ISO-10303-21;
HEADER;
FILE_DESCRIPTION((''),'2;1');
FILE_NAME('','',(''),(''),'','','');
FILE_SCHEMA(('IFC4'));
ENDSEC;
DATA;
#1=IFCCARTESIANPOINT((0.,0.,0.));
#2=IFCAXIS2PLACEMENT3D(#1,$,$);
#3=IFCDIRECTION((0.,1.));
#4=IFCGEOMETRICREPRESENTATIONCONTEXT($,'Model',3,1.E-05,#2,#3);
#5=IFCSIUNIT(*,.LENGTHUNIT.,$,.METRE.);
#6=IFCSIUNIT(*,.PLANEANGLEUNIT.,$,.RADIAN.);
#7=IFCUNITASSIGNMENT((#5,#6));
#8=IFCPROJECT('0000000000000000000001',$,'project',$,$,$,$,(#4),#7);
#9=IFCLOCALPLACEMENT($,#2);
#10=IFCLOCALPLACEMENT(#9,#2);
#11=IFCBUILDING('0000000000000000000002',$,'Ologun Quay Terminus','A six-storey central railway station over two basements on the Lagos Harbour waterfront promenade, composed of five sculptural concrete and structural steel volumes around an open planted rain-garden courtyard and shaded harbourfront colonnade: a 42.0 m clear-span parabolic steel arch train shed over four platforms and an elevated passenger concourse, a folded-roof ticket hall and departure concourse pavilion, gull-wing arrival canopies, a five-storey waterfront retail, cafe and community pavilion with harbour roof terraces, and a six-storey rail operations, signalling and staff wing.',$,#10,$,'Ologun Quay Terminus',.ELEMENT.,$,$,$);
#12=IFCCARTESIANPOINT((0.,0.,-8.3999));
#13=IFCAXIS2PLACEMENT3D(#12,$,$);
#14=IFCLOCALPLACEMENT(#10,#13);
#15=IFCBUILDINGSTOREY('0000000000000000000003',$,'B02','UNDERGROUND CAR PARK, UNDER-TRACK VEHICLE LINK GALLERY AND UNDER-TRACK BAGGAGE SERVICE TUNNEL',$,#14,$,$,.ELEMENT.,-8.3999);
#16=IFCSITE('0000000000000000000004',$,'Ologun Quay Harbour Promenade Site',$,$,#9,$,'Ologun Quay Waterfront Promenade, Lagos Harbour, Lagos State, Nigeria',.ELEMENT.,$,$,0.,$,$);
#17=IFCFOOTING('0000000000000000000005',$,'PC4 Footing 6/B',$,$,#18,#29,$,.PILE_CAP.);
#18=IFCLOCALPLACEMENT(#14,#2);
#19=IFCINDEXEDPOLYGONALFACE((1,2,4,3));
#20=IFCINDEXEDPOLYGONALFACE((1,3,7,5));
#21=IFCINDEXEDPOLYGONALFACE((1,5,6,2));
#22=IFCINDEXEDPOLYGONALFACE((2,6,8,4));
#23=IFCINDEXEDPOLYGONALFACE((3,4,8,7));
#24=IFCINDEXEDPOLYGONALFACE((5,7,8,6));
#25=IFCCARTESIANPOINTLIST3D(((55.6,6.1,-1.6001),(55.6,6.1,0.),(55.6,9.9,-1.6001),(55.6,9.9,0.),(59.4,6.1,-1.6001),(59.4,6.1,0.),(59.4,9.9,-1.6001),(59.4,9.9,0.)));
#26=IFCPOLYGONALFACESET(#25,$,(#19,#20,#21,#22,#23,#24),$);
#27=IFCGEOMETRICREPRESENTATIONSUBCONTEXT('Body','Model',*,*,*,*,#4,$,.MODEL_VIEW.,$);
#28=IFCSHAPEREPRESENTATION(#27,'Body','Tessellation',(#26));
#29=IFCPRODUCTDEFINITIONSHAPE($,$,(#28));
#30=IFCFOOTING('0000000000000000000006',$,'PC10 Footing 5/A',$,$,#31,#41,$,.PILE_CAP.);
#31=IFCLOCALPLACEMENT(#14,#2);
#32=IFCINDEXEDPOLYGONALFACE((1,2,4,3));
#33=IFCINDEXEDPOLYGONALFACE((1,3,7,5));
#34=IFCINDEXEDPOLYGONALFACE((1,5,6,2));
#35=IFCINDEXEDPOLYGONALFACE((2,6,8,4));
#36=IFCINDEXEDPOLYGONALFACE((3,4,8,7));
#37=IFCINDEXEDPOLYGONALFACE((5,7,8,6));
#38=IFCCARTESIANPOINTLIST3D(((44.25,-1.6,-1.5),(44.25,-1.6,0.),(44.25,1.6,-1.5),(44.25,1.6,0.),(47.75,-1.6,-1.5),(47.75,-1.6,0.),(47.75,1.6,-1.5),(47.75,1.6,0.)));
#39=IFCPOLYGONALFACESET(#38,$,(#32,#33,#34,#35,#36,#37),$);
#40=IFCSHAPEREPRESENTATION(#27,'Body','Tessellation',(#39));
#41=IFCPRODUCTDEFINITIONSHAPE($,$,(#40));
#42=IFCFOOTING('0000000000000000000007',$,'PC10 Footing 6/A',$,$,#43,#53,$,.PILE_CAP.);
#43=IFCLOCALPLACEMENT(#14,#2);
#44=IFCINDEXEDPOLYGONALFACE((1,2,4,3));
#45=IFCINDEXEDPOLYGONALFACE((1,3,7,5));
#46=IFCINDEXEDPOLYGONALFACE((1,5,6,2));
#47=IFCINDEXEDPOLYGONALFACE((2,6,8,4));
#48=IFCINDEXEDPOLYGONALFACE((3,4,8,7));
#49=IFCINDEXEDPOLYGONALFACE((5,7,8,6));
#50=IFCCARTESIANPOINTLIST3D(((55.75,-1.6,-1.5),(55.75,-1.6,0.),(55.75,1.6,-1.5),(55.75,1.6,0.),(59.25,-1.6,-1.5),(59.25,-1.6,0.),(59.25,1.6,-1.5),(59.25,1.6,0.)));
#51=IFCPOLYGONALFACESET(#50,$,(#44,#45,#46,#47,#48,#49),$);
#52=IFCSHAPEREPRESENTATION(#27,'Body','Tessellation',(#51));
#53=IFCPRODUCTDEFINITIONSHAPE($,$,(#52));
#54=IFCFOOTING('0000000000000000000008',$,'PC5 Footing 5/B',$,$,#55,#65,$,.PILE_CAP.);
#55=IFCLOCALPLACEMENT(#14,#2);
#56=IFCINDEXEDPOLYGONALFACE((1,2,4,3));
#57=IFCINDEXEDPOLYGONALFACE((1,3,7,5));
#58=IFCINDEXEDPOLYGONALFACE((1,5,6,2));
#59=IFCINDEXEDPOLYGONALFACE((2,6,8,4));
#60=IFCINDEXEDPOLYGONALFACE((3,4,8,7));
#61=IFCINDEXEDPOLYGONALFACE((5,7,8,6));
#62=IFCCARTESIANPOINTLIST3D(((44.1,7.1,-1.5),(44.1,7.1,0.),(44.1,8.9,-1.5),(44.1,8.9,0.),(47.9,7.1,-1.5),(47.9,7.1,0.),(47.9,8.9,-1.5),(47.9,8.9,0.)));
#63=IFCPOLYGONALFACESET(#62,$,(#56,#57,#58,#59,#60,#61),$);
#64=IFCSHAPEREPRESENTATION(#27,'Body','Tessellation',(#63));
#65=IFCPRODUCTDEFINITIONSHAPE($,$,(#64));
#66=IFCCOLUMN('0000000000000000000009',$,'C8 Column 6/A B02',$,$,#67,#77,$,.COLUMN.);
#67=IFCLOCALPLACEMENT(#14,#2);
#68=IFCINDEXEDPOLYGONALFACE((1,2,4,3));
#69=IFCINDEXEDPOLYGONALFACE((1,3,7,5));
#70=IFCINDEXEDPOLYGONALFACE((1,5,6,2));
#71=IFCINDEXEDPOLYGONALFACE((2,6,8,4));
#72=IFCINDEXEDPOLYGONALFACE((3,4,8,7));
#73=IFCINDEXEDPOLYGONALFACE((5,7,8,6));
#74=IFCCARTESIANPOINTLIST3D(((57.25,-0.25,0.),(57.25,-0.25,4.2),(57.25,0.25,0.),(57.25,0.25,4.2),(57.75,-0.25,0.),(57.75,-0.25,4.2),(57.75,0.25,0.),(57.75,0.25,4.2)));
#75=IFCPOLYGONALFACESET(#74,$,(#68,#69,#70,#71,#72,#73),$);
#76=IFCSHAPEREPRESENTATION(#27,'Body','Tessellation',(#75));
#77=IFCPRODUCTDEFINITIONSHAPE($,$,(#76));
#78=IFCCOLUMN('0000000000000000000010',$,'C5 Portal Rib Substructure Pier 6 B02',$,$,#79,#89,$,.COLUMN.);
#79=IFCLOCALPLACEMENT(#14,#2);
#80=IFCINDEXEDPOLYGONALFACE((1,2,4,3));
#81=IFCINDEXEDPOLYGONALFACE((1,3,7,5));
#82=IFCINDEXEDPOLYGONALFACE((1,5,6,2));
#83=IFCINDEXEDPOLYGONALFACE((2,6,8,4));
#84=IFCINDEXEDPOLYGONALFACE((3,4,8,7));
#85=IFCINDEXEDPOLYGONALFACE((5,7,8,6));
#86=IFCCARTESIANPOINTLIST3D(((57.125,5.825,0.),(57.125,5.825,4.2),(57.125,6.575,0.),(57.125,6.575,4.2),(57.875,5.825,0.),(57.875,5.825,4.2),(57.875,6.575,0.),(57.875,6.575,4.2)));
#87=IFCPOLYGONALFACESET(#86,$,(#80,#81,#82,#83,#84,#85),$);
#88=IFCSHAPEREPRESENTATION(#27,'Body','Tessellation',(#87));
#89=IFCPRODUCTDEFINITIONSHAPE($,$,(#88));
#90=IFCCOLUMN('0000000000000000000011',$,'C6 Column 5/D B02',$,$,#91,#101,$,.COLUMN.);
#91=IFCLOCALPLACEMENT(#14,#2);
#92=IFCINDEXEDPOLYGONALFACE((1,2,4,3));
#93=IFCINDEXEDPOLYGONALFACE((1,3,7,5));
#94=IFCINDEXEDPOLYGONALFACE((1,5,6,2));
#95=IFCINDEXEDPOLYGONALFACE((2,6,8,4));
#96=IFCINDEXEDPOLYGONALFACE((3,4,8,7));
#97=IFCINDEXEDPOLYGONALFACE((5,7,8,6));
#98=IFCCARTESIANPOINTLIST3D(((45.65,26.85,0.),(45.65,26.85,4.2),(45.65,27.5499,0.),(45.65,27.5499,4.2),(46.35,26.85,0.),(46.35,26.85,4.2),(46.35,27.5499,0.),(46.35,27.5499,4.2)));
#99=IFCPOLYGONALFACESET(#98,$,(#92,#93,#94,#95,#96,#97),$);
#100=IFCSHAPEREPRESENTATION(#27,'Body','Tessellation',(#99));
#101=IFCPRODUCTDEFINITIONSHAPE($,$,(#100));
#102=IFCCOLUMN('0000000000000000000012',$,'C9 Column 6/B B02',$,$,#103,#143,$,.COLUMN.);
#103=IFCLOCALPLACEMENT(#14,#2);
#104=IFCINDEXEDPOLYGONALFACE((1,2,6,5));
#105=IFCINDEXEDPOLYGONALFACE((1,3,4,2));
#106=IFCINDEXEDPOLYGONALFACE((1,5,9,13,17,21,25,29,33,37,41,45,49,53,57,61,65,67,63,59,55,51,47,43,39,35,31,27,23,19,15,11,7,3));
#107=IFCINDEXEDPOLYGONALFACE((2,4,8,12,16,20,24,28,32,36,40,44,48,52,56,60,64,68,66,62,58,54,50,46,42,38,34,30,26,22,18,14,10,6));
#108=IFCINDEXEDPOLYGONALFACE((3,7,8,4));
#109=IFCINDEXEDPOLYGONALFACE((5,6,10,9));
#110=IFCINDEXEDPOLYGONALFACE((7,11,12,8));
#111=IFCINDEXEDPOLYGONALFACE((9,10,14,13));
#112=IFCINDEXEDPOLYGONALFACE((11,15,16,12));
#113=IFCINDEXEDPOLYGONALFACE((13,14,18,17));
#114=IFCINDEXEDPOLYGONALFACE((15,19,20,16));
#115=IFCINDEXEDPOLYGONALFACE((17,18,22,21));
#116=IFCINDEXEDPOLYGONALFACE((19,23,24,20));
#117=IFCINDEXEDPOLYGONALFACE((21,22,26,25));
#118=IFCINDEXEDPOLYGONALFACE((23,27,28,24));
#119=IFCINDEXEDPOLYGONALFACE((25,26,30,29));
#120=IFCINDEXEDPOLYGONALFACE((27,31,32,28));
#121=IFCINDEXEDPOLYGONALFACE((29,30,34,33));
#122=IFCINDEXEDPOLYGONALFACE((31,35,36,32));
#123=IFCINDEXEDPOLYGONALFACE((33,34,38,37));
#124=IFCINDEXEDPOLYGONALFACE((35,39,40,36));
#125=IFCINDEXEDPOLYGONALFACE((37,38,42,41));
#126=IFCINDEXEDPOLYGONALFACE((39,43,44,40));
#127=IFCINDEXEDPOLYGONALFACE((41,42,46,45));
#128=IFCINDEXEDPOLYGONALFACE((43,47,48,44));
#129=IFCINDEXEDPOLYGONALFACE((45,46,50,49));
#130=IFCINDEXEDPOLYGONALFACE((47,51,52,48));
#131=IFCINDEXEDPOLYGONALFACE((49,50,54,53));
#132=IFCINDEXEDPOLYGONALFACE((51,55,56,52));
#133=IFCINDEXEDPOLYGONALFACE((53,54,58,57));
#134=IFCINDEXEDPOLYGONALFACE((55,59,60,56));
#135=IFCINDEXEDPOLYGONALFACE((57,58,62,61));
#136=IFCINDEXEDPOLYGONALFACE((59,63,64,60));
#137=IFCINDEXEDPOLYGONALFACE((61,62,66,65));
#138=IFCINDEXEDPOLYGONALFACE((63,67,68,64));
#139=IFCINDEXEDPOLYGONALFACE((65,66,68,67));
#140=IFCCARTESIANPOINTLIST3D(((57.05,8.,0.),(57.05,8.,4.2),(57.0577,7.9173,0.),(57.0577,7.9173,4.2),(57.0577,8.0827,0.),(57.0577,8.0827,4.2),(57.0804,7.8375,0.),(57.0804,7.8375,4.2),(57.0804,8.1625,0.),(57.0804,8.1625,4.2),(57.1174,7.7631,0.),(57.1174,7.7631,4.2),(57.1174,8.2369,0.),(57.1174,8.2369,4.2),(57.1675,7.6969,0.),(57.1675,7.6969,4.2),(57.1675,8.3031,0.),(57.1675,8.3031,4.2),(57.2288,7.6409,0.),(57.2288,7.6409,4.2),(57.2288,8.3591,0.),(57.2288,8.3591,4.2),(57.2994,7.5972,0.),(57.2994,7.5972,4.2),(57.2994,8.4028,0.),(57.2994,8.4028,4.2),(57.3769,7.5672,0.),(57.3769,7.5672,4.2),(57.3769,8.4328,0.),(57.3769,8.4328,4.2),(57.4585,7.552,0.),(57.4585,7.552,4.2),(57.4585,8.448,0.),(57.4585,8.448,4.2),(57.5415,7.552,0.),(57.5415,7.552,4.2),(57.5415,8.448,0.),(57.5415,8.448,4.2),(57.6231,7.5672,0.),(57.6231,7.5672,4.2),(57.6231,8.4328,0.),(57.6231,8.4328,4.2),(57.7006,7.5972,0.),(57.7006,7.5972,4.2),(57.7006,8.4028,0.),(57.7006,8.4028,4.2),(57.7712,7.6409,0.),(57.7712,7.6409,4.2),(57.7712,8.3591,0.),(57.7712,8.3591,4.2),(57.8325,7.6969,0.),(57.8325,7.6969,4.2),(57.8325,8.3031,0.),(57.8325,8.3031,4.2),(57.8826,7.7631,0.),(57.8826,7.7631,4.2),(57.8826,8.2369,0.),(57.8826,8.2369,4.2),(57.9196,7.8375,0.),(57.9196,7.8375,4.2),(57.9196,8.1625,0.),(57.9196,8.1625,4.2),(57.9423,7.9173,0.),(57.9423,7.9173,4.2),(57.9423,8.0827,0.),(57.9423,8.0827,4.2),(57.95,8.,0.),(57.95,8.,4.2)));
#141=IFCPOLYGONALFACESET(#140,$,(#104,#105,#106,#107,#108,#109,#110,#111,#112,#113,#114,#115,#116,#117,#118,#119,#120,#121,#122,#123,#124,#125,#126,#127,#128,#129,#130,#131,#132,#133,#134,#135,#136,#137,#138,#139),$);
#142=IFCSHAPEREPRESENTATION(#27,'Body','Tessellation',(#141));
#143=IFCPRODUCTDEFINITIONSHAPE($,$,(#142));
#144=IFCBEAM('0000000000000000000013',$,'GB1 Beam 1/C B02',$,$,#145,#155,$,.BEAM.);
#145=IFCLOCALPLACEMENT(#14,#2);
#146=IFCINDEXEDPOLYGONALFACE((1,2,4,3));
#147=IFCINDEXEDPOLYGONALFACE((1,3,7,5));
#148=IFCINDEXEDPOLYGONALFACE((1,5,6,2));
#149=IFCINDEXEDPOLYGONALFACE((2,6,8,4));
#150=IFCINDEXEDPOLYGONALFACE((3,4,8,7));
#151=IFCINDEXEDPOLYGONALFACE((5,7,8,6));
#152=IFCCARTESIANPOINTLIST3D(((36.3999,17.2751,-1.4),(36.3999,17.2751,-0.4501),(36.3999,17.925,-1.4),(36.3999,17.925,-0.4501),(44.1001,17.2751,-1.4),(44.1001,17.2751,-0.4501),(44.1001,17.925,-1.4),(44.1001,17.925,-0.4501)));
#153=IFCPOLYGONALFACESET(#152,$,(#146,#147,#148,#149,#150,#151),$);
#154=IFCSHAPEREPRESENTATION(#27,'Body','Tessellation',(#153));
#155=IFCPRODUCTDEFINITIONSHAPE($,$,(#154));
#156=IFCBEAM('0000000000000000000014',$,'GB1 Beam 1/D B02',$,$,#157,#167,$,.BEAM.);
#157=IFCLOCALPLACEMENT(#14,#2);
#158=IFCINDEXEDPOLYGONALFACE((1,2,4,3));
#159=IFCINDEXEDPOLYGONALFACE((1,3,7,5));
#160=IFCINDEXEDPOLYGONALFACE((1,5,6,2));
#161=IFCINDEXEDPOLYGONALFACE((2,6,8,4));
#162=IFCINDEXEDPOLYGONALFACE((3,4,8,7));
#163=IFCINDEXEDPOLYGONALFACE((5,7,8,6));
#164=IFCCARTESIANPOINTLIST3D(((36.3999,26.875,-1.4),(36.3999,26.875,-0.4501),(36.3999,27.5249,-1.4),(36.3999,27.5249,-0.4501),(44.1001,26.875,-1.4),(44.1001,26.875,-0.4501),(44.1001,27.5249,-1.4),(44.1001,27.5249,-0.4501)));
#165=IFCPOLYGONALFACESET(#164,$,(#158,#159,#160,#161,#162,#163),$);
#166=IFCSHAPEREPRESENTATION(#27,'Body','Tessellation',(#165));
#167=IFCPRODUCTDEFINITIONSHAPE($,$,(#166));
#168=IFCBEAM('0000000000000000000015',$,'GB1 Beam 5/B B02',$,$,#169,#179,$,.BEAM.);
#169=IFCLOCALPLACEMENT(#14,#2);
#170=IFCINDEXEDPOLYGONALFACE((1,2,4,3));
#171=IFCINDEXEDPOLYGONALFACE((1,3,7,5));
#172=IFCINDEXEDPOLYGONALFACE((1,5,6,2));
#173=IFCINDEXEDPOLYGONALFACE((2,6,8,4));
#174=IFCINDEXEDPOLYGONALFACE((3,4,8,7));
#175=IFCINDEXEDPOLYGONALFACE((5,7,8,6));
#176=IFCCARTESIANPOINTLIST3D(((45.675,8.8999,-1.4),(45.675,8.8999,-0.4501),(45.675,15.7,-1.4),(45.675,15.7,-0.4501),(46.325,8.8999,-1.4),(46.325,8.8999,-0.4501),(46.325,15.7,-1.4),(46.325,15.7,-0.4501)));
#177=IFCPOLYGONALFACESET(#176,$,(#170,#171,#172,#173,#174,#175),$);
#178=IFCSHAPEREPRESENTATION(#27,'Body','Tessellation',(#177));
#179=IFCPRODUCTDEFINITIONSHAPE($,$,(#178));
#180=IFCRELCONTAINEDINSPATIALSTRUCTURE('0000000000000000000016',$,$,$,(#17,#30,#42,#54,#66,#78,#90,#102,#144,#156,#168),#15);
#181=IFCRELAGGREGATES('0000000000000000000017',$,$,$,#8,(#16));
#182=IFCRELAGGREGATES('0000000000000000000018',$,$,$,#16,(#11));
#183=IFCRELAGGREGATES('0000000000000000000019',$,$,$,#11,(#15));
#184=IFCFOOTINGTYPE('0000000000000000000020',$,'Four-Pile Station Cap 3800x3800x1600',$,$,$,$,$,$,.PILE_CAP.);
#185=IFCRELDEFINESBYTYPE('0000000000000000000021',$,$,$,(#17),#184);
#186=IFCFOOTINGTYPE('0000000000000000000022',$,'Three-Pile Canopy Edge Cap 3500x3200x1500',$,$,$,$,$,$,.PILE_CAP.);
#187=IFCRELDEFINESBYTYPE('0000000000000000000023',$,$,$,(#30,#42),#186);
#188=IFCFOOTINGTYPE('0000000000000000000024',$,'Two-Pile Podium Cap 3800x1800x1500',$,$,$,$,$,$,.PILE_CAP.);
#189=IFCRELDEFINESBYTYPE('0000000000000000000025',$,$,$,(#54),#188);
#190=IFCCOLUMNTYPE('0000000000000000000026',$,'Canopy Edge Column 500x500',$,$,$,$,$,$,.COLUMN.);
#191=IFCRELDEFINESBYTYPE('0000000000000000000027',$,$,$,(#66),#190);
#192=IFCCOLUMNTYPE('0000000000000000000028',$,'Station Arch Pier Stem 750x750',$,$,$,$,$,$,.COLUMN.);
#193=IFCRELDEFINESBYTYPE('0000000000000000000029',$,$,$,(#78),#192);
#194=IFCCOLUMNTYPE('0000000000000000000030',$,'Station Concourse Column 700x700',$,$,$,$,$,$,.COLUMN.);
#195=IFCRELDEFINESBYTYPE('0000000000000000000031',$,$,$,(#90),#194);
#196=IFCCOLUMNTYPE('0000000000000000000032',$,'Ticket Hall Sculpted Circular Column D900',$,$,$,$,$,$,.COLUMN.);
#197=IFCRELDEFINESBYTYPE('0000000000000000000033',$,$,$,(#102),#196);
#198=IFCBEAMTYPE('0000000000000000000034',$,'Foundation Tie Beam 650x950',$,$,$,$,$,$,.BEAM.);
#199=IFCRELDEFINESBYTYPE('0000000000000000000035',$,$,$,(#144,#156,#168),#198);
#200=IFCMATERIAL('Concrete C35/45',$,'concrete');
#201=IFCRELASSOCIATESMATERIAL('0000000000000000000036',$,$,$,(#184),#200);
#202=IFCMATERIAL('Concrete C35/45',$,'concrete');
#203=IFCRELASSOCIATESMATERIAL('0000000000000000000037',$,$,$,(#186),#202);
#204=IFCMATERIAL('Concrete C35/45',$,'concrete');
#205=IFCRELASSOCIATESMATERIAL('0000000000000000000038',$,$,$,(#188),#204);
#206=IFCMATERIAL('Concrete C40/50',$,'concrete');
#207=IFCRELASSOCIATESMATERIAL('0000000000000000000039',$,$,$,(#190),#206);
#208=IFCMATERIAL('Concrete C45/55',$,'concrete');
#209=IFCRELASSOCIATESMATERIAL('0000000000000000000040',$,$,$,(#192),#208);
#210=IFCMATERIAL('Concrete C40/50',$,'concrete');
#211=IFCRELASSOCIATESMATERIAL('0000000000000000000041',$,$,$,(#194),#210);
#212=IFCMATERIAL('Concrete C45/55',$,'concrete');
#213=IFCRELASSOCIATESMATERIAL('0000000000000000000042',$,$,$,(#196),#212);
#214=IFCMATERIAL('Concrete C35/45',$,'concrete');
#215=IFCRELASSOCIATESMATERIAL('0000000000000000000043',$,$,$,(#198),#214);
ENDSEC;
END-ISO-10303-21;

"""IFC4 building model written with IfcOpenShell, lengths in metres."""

from ifc_helpers import new_model, si_unit, direction, frame, origin, origin_2d, place, context, subcontext, project, spatial, rectangle, circle, extrude, material, material_profile, profile_set, type_object, element, save


model = new_model("IFC4")

# Units and contexts
model_context = context("Model", 3, precision=1e-05, world=origin(), true_north=direction((0.0, 1.0)))
body_context = subcontext(model_context, "Body", "Model", "MODEL_VIEW")
ifc_project = project(units=[si_unit("LENGTHUNIT", "METRE"), si_unit("PLANEANGLEUNIT", "RADIAN")], contexts=[model_context])

# Site, building, storey
site_placement = place(None, origin())
site = spatial("IfcSite", under=ifc_project, at=site_placement, Name="Ologun Quay Harbour Promenade Site", LongName="Ologun Quay Waterfront Promenade, Lagos Harbour, Lagos State, Nigeria", CompositionType="ELEMENT", RefElevation=0.0)
building_placement = place(site_placement, origin())
building = spatial("IfcBuilding", under=site, at=building_placement, Name="Ologun Quay Terminus", Description="A six-storey central railway station over two basements on the Lagos Harbour waterfront promenade, composed of five sculptural concrete and structural steel volumes around an open planted rain-garden courtyard and shaded harbourfront colonnade: a 42.0 m clear-span parabolic steel arch train shed over four platforms and an elevated passenger concourse, a folded-roof ticket hall and departure concourse pavilion, gull-wing arrival canopies, a five-storey waterfront retail, cafe and community pavilion with harbour roof terraces, and a six-storey rail operations, signalling and staff wing.", LongName="Ologun Quay Terminus", CompositionType="ELEMENT")
storey_placement = place(building_placement, frame((0.0, 0.0, -8.3999)))
storey = spatial("IfcBuildingStorey", under=building, at=storey_placement, Name="B02", Description="UNDERGROUND CAR PARK, UNDER-TRACK VEHICLE LINK GALLERY AND UNDER-TRACK BAGGAGE SERVICE TUNNEL", CompositionType="ELEMENT", Elevation=-8.3999)

# Footings
ifc_material_1 = material(Name="Concrete C35/45", Category="concrete")
footing_type_1 = type_object("IfcFootingType", Name="Four-Pile Station Cap 3800x3800x1600", PredefinedType="PILE_CAP", material=ifc_material_1)
for number, where, z_axis, x_axis, name in (
    (1, (57.5, 8.0, -1.6001), (0.0, 0.0, 1.0), (1.0, 0.0, 0.0), "PC4 Footing 6/B"),
):
    element("IfcFooting", number, at=place(storey_placement, frame(where, z_axis=z_axis, x_axis=x_axis)), inside=storey, type_object=footing_type_1, Name=name, PredefinedType="PILE_CAP", context=body_context, shape_type="SweptSolid", body=[
        extrude(rectangle(XDim=3.8, YDim=3.8, at=origin_2d()), origin(), (0.0, 0.0, 1.0), 1.6001),
    ])
ifc_material_2 = material(Name="Concrete C35/45", Category="concrete")
footing_type_2 = type_object("IfcFootingType", Name="Three-Pile Canopy Edge Cap 3500x3200x1500", PredefinedType="PILE_CAP", material=ifc_material_2)
for number, where, z_axis, x_axis, name in (
    (2, (46.0, 0.0, -1.5), (0.0, 0.0, 1.0), (1.0, 0.0, 0.0), "PC10 Footing 5/A"),
    (3, (57.5, 0.0, -1.5), (0.0, 0.0, 1.0), (1.0, 0.0, 0.0), "PC10 Footing 6/A"),
):
    element("IfcFooting", number, at=place(storey_placement, frame(where, z_axis=z_axis, x_axis=x_axis)), inside=storey, type_object=footing_type_2, Name=name, PredefinedType="PILE_CAP", context=body_context, shape_type="SweptSolid", body=[
        extrude(rectangle(XDim=3.5, YDim=3.2, at=origin_2d()), origin(), (0.0, 0.0, 1.0), 1.5),
    ])
ifc_material_3 = material(Name="Concrete C35/45", Category="concrete")
footing_type_3 = type_object("IfcFootingType", Name="Two-Pile Podium Cap 3800x1800x1500", PredefinedType="PILE_CAP", material=ifc_material_3)
footing_1_placement = place(storey_placement, frame((46.0, 8.0, -1.5), z_axis=(0.0, 0.0, 1.0), x_axis=(1.0, 0.0, 0.0)))
element("IfcFooting", 4, at=footing_1_placement, inside=storey, type_object=footing_type_3, Name="PC5 Footing 5/B", PredefinedType="PILE_CAP", context=body_context, shape_type="SweptSolid", body=[
    extrude(rectangle(XDim=3.8, YDim=1.8, at=origin_2d()), origin(), (0.0, 0.0, 1.0), 1.5),
])

# Columns
ifc_material_4 = material(Name="Concrete C40/50", Category="concrete")
ifc_material_profile_1 = material_profile(ifc_material_4, rectangle(XDim=0.5, YDim=0.5, at=origin_2d()), Name="RC 500x500")
ifc_profile_set_1 = profile_set([ifc_material_profile_1], Name="Concrete C40/50")
column_type_1 = type_object("IfcColumnType", Name="Canopy Edge Column 500x500", PredefinedType="COLUMN", material=ifc_profile_set_1)
column_1_placement = place(storey_placement, frame((57.5, 0.0, 0.0), z_axis=(0.0, 0.0, 1.0), x_axis=(1.0, 0.0, 0.0)))
element("IfcColumn", 5, at=column_1_placement, inside=storey, type_object=column_type_1, Name="C8 Column 6/A B02", PredefinedType="COLUMN", context=body_context, shape_type="SweptSolid", body=[
    extrude(rectangle(XDim=0.5, YDim=0.5, at=origin_2d()), origin(), (0.0, 0.0, 1.0), 4.2),
])
ifc_material_5 = material(Name="Concrete C45/55", Category="concrete")
ifc_material_profile_2 = material_profile(ifc_material_5, rectangle(XDim=0.75, YDim=0.75, at=origin_2d()), Name="RC 750x750")
ifc_profile_set_2 = profile_set([ifc_material_profile_2], Name="Concrete C45/55")
column_type_2 = type_object("IfcColumnType", Name="Station Arch Pier Stem 750x750", PredefinedType="COLUMN", material=ifc_profile_set_2)
column_2_placement = place(storey_placement, frame((57.5, 6.2, 0.0), z_axis=(0.0, 0.0, 1.0), x_axis=(1.0, 0.0, 0.0)))
element("IfcColumn", 6, at=column_2_placement, inside=storey, type_object=column_type_2, Name="C5 Portal Rib Substructure Pier 6 B02", PredefinedType="COLUMN", context=body_context, shape_type="SweptSolid", body=[
    extrude(rectangle(XDim=0.75, YDim=0.75, at=origin_2d()), origin(), (0.0, 0.0, 1.0), 4.2),
])
ifc_material_6 = material(Name="Concrete C40/50", Category="concrete")
ifc_material_profile_3 = material_profile(ifc_material_6, rectangle(XDim=0.7, YDim=0.7, at=origin_2d()), Name="RC 700x700")
ifc_profile_set_3 = profile_set([ifc_material_profile_3], Name="Concrete C40/50")
column_type_3 = type_object("IfcColumnType", Name="Station Concourse Column 700x700", PredefinedType="COLUMN", material=ifc_profile_set_3)
column_3_placement = place(storey_placement, frame((46.0, 27.2, 0.0), z_axis=(0.0, 0.0, 1.0), x_axis=(1.0, 0.0, 0.0)))
element("IfcColumn", 7, at=column_3_placement, inside=storey, type_object=column_type_3, Name="C6 Column 5/D B02", PredefinedType="COLUMN", context=body_context, shape_type="SweptSolid", body=[
    extrude(rectangle(XDim=0.7, YDim=0.7, at=origin_2d()), origin(), (0.0, 0.0, 1.0), 4.2),
])
ifc_material_7 = material(Name="Concrete C45/55", Category="concrete")
ifc_material_profile_4 = material_profile(ifc_material_7, circle(Radius=0.45, at=origin_2d()), Name="RC D900")
ifc_profile_set_4 = profile_set([ifc_material_profile_4], Name="Concrete C45/55")
column_type_4 = type_object("IfcColumnType", Name="Ticket Hall Sculpted Circular Column D900", PredefinedType="COLUMN", material=ifc_profile_set_4)
column_4_placement = place(storey_placement, frame((57.5, 8.0, 0.0), z_axis=(0.0, 0.0, 1.0), x_axis=(1.0, 0.0, 0.0)))
element("IfcColumn", 8, at=column_4_placement, inside=storey, type_object=column_type_4, Name="C9 Column 6/B B02", PredefinedType="COLUMN", context=body_context, shape_type="SweptSolid", body=[
    extrude(circle(Radius=0.45, at=origin_2d()), origin(), (0.0, 0.0, 1.0), 4.2),
])

# Beams
ifc_material_8 = material(Name="Concrete C35/45", Category="concrete")
ifc_material_profile_5 = material_profile(ifc_material_8, rectangle(XDim=0.6499, YDim=0.95, at=origin_2d()), Name="RC 650x950")
ifc_profile_set_5 = profile_set([ifc_material_profile_5], Name="Concrete C35/45")
beam_type_1 = type_object("IfcBeamType", Name="Foundation Tie Beam 650x950", PredefinedType="BEAM", material=ifc_profile_set_5)
for number, where, z_axis, x_axis, name in (
    (9, (36.3999, 17.6001, -0.925), (1.0, 0.0, 0.0), (0.0, 1.0, 0.0), "GB1 Beam 1/C B02"),
    (10, (36.3999, 27.2, -0.925), (1.0, 0.0, 0.0), (0.0, 1.0, 0.0), "GB1 Beam 1/D B02"),
):
    element("IfcBeam", number, at=place(storey_placement, frame(where, z_axis=z_axis, x_axis=x_axis)), inside=storey, type_object=beam_type_1, Name=name, PredefinedType="BEAM", context=body_context, shape_type="SweptSolid", body=[
        extrude(rectangle(XDim=0.6499, YDim=0.95, at=origin_2d()), origin(), (0.0, 0.0, 1.0), 7.7002),
    ])
beam_1_placement = place(storey_placement, frame((46.0, 8.8999, -0.925), z_axis=(0.0, 1.0, 0.0), x_axis=(-1.0, 0.0, 0.0)))
element("IfcBeam", 11, at=beam_1_placement, inside=storey, type_object=beam_type_1, Name="GB1 Beam 5/B B02", PredefinedType="BEAM", context=body_context, shape_type="SweptSolid", body=[
    extrude(rectangle(XDim=0.6499, YDim=0.95, at=origin_2d()), origin(), (0.0, 0.0, 1.0), 6.8),
])

save(model, "model.ifc")
